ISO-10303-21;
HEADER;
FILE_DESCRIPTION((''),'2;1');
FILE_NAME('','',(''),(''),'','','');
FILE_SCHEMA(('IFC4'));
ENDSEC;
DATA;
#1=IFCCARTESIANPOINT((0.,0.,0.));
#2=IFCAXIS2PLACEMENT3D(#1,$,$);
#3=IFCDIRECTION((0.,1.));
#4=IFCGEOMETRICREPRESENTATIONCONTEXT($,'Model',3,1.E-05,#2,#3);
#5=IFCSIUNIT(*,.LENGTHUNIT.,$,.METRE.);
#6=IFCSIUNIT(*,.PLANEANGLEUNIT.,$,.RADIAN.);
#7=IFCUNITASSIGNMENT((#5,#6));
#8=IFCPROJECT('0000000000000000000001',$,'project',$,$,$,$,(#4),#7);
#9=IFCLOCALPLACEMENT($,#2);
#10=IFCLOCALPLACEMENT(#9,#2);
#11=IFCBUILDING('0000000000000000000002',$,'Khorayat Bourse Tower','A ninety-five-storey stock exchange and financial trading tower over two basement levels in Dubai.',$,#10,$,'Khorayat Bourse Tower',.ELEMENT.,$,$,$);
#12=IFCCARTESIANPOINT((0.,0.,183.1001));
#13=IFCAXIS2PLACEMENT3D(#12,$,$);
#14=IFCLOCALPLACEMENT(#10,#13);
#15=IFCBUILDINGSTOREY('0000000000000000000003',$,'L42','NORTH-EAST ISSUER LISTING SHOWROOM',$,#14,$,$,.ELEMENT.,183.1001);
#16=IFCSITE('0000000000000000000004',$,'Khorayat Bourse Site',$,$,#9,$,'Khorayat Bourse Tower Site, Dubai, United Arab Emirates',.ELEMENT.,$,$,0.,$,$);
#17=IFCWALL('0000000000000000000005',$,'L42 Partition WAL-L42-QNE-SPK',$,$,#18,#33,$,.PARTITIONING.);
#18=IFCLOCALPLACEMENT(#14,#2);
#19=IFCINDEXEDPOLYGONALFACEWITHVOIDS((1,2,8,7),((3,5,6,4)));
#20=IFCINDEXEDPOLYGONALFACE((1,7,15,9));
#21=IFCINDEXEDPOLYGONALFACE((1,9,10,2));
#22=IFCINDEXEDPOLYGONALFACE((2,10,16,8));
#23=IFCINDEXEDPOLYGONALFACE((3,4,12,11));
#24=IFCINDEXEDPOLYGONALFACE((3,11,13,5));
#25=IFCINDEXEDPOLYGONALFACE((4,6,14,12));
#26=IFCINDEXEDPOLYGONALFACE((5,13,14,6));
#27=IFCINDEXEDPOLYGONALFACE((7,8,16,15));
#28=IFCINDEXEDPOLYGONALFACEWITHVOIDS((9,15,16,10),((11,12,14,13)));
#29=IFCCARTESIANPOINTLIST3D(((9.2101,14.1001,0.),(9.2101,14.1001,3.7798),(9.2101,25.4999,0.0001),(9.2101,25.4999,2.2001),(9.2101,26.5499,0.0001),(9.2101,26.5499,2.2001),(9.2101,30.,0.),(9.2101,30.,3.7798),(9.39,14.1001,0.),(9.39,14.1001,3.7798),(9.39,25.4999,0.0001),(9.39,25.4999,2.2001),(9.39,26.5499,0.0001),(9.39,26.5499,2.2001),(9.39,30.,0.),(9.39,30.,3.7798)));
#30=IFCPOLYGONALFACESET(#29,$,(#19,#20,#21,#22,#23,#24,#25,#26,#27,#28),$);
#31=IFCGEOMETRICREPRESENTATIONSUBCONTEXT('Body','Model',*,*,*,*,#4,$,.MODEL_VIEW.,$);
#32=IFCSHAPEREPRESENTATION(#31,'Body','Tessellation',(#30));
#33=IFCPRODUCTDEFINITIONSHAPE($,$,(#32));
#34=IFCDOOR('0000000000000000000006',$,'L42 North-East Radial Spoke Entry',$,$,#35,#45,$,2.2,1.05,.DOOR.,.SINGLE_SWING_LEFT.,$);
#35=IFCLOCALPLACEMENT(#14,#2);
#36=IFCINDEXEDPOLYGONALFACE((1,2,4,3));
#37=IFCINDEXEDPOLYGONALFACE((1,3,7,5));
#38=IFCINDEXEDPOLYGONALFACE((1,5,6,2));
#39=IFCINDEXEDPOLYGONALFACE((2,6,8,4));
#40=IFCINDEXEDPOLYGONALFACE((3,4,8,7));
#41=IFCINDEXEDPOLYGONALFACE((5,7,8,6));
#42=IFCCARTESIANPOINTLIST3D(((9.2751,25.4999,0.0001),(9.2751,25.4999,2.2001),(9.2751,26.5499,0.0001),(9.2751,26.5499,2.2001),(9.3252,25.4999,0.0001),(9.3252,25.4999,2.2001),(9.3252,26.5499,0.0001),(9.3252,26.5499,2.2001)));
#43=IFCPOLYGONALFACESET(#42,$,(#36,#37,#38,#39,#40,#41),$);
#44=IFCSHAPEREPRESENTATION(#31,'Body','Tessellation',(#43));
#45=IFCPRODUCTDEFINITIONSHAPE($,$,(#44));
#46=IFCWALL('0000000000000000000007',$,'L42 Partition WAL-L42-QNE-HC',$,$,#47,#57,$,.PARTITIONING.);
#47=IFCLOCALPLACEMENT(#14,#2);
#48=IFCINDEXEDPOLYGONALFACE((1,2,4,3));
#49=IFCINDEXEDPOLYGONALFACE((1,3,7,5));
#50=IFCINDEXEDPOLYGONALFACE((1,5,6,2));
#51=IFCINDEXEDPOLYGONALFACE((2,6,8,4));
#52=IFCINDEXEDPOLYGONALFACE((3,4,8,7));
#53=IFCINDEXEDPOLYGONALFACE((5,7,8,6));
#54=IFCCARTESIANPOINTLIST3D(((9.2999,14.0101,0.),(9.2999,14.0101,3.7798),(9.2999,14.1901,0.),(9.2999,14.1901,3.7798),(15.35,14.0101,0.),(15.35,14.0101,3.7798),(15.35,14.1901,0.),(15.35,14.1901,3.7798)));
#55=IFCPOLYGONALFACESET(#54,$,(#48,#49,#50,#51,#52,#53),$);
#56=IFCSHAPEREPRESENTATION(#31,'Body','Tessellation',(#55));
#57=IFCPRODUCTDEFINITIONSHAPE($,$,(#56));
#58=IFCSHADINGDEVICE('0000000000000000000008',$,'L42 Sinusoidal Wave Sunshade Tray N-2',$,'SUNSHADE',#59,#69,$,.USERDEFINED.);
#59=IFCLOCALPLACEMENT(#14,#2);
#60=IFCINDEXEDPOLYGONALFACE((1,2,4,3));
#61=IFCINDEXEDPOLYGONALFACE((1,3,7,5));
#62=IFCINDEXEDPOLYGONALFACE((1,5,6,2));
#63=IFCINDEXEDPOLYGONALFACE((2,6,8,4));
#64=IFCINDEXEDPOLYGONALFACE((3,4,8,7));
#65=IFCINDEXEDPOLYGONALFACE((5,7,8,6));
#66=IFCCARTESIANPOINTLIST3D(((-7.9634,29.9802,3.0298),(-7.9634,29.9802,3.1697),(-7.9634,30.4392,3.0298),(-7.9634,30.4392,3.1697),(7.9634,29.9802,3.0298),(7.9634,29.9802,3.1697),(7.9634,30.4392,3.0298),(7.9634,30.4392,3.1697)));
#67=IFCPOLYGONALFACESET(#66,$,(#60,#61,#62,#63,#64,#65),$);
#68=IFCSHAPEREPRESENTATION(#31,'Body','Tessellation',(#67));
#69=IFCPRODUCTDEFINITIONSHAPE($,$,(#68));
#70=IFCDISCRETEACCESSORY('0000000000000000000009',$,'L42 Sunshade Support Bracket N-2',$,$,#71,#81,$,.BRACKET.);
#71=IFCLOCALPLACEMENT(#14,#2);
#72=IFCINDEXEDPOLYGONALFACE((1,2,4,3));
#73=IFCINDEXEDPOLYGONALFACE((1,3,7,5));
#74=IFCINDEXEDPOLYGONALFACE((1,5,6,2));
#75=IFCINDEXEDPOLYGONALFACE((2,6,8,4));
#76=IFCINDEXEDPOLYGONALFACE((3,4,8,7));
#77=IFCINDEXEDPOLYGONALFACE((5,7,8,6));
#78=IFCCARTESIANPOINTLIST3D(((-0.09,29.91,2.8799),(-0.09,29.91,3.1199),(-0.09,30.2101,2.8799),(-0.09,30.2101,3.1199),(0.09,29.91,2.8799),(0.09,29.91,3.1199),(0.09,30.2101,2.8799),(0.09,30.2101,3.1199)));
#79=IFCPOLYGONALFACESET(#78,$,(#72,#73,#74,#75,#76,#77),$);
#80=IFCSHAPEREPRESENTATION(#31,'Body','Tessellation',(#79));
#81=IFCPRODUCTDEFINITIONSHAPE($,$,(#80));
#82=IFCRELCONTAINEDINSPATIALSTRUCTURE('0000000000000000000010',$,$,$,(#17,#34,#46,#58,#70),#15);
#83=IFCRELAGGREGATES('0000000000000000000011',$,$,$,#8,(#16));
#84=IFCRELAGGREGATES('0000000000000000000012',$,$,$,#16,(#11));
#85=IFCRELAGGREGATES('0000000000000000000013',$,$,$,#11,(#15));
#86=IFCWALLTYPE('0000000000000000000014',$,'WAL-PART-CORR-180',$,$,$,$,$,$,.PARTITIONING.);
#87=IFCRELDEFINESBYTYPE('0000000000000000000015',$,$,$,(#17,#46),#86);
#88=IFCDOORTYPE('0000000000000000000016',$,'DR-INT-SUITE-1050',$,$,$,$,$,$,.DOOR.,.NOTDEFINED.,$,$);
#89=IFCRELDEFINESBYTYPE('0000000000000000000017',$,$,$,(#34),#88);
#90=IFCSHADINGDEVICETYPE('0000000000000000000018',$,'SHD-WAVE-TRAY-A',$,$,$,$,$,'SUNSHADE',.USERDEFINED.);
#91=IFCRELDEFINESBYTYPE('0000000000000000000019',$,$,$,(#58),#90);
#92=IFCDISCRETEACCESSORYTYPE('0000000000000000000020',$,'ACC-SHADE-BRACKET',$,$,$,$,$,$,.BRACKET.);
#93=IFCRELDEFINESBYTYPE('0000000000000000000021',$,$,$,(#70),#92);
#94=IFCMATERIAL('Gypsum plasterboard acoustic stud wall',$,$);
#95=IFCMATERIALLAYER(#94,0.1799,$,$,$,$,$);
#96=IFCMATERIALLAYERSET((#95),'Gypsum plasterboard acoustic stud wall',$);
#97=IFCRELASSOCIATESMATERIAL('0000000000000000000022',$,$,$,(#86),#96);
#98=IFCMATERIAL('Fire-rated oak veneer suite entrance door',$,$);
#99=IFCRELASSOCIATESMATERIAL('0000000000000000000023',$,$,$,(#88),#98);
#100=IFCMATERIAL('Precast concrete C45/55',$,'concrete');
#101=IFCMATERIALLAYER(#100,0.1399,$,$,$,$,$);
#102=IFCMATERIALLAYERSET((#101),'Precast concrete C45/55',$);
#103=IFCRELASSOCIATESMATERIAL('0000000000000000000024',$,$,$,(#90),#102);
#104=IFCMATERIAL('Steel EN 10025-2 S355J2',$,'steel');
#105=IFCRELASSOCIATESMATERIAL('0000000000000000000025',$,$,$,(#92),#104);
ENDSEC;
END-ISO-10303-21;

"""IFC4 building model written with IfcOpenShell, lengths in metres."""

from ifc_helpers import new_model, si_unit, direction, frame, frame_2d, origin, origin_2d, place, context, subcontext, project, spatial, rectangle, extrude, source, transform, mapped, material, layer, layer_set, type_object, element, fill, save


model = new_model("IFC4")

# Units and contexts
model_context = context("Model", 3, precision=1e-05, world=origin(), true_north=direction((0.0, 1.0)))
body_context = subcontext(model_context, "Body", "Model", "MODEL_VIEW")
ifc_project = project(units=[si_unit("LENGTHUNIT", "METRE"), si_unit("PLANEANGLEUNIT", "RADIAN")], contexts=[model_context])

# Site, building, storey
site_placement = place(None, origin())
site = spatial("IfcSite", under=ifc_project, at=site_placement, Name="Khorayat Bourse Site", LongName="Khorayat Bourse Tower Site, Dubai, United Arab Emirates", CompositionType="ELEMENT", RefElevation=0.0)
building_placement = place(site_placement, origin())
building = spatial("IfcBuilding", under=site, at=building_placement, Name="Khorayat Bourse Tower", Description="A ninety-five-storey stock exchange and financial trading tower over two basement levels in Dubai.", LongName="Khorayat Bourse Tower", CompositionType="ELEMENT")
storey_placement = place(building_placement, frame((0.0, 0.0, 183.1001)))
storey = spatial("IfcBuildingStorey", under=building, at=storey_placement, Name="L42", Description="NORTH-EAST ISSUER LISTING SHOWROOM", CompositionType="ELEMENT", Elevation=183.1001)

# Shared definitions
ifc_material_1 = material(Name="Steel EN 10025-2 S355J2", Category="steel")

# Shared definitions
ifc_material_2 = material(Name="Gypsum plasterboard acoustic stud wall")
ifc_layer_1 = layer(ifc_material_2, 0.1799)
ifc_layer_set_1 = layer_set([ifc_layer_1], Name="Gypsum plasterboard acoustic stud wall")
wall_type = type_object("IfcWallType", Name="WAL-PART-CORR-180", PredefinedType="PARTITIONING", material=ifc_layer_set_1)

# Wall, opening, door
shared_shape_1 = source(origin(), body_context, "Body", "SweptSolid", [
    extrude(rectangle(XDim=15.8999, YDim=0.1799, at=frame_2d((7.95, 0.0))), origin(), (0.0, 0.0, 1.0), 3.7798),
])
shared_shape_2 = source(origin(), body_context, "Body", "SweptSolid", [
    extrude(rectangle(XDim=1.05, YDim=2.2, at=frame_2d((0.5249, 1.1001))), frame((0.0, 0.0999, 0.0), z_axis=(0.0, -1.0, 0.0), x_axis=(1.0, 0.0, 0.0)), (0.0, 0.0, 1.0), 0.2),
])
ifc_material_3 = material(Name="Fire-rated oak veneer suite entrance door")
door_type = type_object("IfcDoorType", Name="DR-INT-SUITE-1050", OperationType="NOTDEFINED", PredefinedType="DOOR", material=ifc_material_3)
shared_shape_3 = source(origin(), body_context, "Body", "SweptSolid", [
    extrude(rectangle(XDim=1.05, YDim=2.2, at=frame_2d((0.5249, 1.1001))), frame((0.0, 0.0249, 0.0), z_axis=(0.0, -1.0, 0.0), x_axis=(1.0, 0.0, 0.0)), (0.0, 0.0, 1.0), 0.05),
])
wall_1_placement = place(storey_placement, frame((9.3, 14.1001, 0.0), z_axis=(0.0, 0.0, 1.0), x_axis=(0.0, 1.0, 0.0)))
wall_1 = element("IfcWall", 1, at=wall_1_placement, inside=storey, type_object=wall_type, Name="L42 Partition WAL-L42-QNE-SPK", PredefinedType="PARTITIONING", context=body_context, shape_type="MappedRepresentation", body=[
    mapped(shared_shape_1, transform((0.0, 0.0, 0.0), scale=1.0)),
])
opening_1_placement = place(wall_1_placement, frame((11.3999, 0.0, 0.0)))
opening_1 = element("IfcOpeningElement", 2, at=opening_1_placement, cuts=wall_1, PredefinedType="OPENING", context=body_context, shape_type="MappedRepresentation", body=[
    mapped(shared_shape_2, transform((0.0, 0.0, 0.0), scale=1.0)),
])
door_1_placement = place(opening_1_placement, origin())
door_1 = element("IfcDoor", 3, at=door_1_placement, inside=storey, type_object=door_type, Name="L42 North-East Radial Spoke Entry", OperationType="SINGLE_SWING_LEFT", OverallHeight=2.2, OverallWidth=1.05, PredefinedType="DOOR", context=body_context, shape_type="MappedRepresentation", body=[
    mapped(shared_shape_3, transform((0.0, 0.0, 0.0), scale=1.0)),
])
fill(opening_1, door_1)

# Wall
shared_shape_4 = source(origin(), body_context, "Body", "SweptSolid", [
    extrude(rectangle(XDim=6.05, YDim=0.1799, at=frame_2d((3.0249, 0.0))), origin(), (0.0, 0.0, 1.0), 3.7798),
])
wall_2_placement = place(storey_placement, frame((9.3, 14.1001, 0.0), z_axis=(0.0, 0.0, 1.0), x_axis=(1.0, 0.0, 0.0)))
element("IfcWall", 4, at=wall_2_placement, inside=storey, type_object=wall_type, Name="L42 Partition WAL-L42-QNE-HC", PredefinedType="PARTITIONING", context=body_context, shape_type="MappedRepresentation", body=[
    mapped(shared_shape_4, transform((0.0, 0.0, 0.0), scale=1.0)),
])

# Shading device
ifc_material_4 = material(Name="Precast concrete C45/55", Category="concrete")
ifc_layer_2 = layer(ifc_material_4, 0.1399)
ifc_layer_set_2 = layer_set([ifc_layer_2], Name="Precast concrete C45/55")
shading_device_type = type_object("IfcShadingDeviceType", Name="SHD-WAVE-TRAY-A", ElementType="SUNSHADE", PredefinedType="USERDEFINED", material=ifc_layer_set_2)
shared_shape_5 = source(origin(), body_context, "Body", "SweptSolid", [
    extrude(rectangle(XDim=15.9268, YDim=0.459, at=origin_2d()), origin(), (0.0, 0.0, 1.0), 0.1399),
])
shading_device_placement = place(storey_placement, frame((0.0, 30.2097, 3.0298), z_axis=(0.0, 0.0, 1.0), x_axis=(1.0, 0.0, 0.0)))
element("IfcShadingDevice", 5, at=shading_device_placement, inside=storey, type_object=shading_device_type, Name="L42 Sinusoidal Wave Sunshade Tray N-2", ObjectType="SUNSHADE", PredefinedType="USERDEFINED", context=body_context, shape_type="MappedRepresentation", body=[
    mapped(shared_shape_5, transform((0.0, 0.0, 0.0), scale=1.0)),
])

# Discrete accessory
discrete_accessory_type = type_object("IfcDiscreteAccessoryType", Name="ACC-SHADE-BRACKET", PredefinedType="BRACKET", material=ifc_material_1)
shared_shape_6 = source(origin(), body_context, "Body", "SweptSolid", [
    extrude(rectangle(XDim=0.1799, YDim=0.3, at=origin_2d()), origin(), (0.0, 0.0, 1.0), 0.24),
])
discrete_accessory_placement = place(storey_placement, frame((0.0, 30.0601, 2.8799), z_axis=(0.0, 0.0, 1.0), x_axis=(1.0, 0.0, 0.0)))
element("IfcDiscreteAccessory", 6, at=discrete_accessory_placement, inside=storey, type_object=discrete_accessory_type, Name="L42 Sunshade Support Bracket N-2", PredefinedType="BRACKET", context=body_context, shape_type="MappedRepresentation", body=[
    mapped(shared_shape_6, transform((0.0, 0.0, 0.0), scale=1.0)),
])

save(model, "model.ifc")
